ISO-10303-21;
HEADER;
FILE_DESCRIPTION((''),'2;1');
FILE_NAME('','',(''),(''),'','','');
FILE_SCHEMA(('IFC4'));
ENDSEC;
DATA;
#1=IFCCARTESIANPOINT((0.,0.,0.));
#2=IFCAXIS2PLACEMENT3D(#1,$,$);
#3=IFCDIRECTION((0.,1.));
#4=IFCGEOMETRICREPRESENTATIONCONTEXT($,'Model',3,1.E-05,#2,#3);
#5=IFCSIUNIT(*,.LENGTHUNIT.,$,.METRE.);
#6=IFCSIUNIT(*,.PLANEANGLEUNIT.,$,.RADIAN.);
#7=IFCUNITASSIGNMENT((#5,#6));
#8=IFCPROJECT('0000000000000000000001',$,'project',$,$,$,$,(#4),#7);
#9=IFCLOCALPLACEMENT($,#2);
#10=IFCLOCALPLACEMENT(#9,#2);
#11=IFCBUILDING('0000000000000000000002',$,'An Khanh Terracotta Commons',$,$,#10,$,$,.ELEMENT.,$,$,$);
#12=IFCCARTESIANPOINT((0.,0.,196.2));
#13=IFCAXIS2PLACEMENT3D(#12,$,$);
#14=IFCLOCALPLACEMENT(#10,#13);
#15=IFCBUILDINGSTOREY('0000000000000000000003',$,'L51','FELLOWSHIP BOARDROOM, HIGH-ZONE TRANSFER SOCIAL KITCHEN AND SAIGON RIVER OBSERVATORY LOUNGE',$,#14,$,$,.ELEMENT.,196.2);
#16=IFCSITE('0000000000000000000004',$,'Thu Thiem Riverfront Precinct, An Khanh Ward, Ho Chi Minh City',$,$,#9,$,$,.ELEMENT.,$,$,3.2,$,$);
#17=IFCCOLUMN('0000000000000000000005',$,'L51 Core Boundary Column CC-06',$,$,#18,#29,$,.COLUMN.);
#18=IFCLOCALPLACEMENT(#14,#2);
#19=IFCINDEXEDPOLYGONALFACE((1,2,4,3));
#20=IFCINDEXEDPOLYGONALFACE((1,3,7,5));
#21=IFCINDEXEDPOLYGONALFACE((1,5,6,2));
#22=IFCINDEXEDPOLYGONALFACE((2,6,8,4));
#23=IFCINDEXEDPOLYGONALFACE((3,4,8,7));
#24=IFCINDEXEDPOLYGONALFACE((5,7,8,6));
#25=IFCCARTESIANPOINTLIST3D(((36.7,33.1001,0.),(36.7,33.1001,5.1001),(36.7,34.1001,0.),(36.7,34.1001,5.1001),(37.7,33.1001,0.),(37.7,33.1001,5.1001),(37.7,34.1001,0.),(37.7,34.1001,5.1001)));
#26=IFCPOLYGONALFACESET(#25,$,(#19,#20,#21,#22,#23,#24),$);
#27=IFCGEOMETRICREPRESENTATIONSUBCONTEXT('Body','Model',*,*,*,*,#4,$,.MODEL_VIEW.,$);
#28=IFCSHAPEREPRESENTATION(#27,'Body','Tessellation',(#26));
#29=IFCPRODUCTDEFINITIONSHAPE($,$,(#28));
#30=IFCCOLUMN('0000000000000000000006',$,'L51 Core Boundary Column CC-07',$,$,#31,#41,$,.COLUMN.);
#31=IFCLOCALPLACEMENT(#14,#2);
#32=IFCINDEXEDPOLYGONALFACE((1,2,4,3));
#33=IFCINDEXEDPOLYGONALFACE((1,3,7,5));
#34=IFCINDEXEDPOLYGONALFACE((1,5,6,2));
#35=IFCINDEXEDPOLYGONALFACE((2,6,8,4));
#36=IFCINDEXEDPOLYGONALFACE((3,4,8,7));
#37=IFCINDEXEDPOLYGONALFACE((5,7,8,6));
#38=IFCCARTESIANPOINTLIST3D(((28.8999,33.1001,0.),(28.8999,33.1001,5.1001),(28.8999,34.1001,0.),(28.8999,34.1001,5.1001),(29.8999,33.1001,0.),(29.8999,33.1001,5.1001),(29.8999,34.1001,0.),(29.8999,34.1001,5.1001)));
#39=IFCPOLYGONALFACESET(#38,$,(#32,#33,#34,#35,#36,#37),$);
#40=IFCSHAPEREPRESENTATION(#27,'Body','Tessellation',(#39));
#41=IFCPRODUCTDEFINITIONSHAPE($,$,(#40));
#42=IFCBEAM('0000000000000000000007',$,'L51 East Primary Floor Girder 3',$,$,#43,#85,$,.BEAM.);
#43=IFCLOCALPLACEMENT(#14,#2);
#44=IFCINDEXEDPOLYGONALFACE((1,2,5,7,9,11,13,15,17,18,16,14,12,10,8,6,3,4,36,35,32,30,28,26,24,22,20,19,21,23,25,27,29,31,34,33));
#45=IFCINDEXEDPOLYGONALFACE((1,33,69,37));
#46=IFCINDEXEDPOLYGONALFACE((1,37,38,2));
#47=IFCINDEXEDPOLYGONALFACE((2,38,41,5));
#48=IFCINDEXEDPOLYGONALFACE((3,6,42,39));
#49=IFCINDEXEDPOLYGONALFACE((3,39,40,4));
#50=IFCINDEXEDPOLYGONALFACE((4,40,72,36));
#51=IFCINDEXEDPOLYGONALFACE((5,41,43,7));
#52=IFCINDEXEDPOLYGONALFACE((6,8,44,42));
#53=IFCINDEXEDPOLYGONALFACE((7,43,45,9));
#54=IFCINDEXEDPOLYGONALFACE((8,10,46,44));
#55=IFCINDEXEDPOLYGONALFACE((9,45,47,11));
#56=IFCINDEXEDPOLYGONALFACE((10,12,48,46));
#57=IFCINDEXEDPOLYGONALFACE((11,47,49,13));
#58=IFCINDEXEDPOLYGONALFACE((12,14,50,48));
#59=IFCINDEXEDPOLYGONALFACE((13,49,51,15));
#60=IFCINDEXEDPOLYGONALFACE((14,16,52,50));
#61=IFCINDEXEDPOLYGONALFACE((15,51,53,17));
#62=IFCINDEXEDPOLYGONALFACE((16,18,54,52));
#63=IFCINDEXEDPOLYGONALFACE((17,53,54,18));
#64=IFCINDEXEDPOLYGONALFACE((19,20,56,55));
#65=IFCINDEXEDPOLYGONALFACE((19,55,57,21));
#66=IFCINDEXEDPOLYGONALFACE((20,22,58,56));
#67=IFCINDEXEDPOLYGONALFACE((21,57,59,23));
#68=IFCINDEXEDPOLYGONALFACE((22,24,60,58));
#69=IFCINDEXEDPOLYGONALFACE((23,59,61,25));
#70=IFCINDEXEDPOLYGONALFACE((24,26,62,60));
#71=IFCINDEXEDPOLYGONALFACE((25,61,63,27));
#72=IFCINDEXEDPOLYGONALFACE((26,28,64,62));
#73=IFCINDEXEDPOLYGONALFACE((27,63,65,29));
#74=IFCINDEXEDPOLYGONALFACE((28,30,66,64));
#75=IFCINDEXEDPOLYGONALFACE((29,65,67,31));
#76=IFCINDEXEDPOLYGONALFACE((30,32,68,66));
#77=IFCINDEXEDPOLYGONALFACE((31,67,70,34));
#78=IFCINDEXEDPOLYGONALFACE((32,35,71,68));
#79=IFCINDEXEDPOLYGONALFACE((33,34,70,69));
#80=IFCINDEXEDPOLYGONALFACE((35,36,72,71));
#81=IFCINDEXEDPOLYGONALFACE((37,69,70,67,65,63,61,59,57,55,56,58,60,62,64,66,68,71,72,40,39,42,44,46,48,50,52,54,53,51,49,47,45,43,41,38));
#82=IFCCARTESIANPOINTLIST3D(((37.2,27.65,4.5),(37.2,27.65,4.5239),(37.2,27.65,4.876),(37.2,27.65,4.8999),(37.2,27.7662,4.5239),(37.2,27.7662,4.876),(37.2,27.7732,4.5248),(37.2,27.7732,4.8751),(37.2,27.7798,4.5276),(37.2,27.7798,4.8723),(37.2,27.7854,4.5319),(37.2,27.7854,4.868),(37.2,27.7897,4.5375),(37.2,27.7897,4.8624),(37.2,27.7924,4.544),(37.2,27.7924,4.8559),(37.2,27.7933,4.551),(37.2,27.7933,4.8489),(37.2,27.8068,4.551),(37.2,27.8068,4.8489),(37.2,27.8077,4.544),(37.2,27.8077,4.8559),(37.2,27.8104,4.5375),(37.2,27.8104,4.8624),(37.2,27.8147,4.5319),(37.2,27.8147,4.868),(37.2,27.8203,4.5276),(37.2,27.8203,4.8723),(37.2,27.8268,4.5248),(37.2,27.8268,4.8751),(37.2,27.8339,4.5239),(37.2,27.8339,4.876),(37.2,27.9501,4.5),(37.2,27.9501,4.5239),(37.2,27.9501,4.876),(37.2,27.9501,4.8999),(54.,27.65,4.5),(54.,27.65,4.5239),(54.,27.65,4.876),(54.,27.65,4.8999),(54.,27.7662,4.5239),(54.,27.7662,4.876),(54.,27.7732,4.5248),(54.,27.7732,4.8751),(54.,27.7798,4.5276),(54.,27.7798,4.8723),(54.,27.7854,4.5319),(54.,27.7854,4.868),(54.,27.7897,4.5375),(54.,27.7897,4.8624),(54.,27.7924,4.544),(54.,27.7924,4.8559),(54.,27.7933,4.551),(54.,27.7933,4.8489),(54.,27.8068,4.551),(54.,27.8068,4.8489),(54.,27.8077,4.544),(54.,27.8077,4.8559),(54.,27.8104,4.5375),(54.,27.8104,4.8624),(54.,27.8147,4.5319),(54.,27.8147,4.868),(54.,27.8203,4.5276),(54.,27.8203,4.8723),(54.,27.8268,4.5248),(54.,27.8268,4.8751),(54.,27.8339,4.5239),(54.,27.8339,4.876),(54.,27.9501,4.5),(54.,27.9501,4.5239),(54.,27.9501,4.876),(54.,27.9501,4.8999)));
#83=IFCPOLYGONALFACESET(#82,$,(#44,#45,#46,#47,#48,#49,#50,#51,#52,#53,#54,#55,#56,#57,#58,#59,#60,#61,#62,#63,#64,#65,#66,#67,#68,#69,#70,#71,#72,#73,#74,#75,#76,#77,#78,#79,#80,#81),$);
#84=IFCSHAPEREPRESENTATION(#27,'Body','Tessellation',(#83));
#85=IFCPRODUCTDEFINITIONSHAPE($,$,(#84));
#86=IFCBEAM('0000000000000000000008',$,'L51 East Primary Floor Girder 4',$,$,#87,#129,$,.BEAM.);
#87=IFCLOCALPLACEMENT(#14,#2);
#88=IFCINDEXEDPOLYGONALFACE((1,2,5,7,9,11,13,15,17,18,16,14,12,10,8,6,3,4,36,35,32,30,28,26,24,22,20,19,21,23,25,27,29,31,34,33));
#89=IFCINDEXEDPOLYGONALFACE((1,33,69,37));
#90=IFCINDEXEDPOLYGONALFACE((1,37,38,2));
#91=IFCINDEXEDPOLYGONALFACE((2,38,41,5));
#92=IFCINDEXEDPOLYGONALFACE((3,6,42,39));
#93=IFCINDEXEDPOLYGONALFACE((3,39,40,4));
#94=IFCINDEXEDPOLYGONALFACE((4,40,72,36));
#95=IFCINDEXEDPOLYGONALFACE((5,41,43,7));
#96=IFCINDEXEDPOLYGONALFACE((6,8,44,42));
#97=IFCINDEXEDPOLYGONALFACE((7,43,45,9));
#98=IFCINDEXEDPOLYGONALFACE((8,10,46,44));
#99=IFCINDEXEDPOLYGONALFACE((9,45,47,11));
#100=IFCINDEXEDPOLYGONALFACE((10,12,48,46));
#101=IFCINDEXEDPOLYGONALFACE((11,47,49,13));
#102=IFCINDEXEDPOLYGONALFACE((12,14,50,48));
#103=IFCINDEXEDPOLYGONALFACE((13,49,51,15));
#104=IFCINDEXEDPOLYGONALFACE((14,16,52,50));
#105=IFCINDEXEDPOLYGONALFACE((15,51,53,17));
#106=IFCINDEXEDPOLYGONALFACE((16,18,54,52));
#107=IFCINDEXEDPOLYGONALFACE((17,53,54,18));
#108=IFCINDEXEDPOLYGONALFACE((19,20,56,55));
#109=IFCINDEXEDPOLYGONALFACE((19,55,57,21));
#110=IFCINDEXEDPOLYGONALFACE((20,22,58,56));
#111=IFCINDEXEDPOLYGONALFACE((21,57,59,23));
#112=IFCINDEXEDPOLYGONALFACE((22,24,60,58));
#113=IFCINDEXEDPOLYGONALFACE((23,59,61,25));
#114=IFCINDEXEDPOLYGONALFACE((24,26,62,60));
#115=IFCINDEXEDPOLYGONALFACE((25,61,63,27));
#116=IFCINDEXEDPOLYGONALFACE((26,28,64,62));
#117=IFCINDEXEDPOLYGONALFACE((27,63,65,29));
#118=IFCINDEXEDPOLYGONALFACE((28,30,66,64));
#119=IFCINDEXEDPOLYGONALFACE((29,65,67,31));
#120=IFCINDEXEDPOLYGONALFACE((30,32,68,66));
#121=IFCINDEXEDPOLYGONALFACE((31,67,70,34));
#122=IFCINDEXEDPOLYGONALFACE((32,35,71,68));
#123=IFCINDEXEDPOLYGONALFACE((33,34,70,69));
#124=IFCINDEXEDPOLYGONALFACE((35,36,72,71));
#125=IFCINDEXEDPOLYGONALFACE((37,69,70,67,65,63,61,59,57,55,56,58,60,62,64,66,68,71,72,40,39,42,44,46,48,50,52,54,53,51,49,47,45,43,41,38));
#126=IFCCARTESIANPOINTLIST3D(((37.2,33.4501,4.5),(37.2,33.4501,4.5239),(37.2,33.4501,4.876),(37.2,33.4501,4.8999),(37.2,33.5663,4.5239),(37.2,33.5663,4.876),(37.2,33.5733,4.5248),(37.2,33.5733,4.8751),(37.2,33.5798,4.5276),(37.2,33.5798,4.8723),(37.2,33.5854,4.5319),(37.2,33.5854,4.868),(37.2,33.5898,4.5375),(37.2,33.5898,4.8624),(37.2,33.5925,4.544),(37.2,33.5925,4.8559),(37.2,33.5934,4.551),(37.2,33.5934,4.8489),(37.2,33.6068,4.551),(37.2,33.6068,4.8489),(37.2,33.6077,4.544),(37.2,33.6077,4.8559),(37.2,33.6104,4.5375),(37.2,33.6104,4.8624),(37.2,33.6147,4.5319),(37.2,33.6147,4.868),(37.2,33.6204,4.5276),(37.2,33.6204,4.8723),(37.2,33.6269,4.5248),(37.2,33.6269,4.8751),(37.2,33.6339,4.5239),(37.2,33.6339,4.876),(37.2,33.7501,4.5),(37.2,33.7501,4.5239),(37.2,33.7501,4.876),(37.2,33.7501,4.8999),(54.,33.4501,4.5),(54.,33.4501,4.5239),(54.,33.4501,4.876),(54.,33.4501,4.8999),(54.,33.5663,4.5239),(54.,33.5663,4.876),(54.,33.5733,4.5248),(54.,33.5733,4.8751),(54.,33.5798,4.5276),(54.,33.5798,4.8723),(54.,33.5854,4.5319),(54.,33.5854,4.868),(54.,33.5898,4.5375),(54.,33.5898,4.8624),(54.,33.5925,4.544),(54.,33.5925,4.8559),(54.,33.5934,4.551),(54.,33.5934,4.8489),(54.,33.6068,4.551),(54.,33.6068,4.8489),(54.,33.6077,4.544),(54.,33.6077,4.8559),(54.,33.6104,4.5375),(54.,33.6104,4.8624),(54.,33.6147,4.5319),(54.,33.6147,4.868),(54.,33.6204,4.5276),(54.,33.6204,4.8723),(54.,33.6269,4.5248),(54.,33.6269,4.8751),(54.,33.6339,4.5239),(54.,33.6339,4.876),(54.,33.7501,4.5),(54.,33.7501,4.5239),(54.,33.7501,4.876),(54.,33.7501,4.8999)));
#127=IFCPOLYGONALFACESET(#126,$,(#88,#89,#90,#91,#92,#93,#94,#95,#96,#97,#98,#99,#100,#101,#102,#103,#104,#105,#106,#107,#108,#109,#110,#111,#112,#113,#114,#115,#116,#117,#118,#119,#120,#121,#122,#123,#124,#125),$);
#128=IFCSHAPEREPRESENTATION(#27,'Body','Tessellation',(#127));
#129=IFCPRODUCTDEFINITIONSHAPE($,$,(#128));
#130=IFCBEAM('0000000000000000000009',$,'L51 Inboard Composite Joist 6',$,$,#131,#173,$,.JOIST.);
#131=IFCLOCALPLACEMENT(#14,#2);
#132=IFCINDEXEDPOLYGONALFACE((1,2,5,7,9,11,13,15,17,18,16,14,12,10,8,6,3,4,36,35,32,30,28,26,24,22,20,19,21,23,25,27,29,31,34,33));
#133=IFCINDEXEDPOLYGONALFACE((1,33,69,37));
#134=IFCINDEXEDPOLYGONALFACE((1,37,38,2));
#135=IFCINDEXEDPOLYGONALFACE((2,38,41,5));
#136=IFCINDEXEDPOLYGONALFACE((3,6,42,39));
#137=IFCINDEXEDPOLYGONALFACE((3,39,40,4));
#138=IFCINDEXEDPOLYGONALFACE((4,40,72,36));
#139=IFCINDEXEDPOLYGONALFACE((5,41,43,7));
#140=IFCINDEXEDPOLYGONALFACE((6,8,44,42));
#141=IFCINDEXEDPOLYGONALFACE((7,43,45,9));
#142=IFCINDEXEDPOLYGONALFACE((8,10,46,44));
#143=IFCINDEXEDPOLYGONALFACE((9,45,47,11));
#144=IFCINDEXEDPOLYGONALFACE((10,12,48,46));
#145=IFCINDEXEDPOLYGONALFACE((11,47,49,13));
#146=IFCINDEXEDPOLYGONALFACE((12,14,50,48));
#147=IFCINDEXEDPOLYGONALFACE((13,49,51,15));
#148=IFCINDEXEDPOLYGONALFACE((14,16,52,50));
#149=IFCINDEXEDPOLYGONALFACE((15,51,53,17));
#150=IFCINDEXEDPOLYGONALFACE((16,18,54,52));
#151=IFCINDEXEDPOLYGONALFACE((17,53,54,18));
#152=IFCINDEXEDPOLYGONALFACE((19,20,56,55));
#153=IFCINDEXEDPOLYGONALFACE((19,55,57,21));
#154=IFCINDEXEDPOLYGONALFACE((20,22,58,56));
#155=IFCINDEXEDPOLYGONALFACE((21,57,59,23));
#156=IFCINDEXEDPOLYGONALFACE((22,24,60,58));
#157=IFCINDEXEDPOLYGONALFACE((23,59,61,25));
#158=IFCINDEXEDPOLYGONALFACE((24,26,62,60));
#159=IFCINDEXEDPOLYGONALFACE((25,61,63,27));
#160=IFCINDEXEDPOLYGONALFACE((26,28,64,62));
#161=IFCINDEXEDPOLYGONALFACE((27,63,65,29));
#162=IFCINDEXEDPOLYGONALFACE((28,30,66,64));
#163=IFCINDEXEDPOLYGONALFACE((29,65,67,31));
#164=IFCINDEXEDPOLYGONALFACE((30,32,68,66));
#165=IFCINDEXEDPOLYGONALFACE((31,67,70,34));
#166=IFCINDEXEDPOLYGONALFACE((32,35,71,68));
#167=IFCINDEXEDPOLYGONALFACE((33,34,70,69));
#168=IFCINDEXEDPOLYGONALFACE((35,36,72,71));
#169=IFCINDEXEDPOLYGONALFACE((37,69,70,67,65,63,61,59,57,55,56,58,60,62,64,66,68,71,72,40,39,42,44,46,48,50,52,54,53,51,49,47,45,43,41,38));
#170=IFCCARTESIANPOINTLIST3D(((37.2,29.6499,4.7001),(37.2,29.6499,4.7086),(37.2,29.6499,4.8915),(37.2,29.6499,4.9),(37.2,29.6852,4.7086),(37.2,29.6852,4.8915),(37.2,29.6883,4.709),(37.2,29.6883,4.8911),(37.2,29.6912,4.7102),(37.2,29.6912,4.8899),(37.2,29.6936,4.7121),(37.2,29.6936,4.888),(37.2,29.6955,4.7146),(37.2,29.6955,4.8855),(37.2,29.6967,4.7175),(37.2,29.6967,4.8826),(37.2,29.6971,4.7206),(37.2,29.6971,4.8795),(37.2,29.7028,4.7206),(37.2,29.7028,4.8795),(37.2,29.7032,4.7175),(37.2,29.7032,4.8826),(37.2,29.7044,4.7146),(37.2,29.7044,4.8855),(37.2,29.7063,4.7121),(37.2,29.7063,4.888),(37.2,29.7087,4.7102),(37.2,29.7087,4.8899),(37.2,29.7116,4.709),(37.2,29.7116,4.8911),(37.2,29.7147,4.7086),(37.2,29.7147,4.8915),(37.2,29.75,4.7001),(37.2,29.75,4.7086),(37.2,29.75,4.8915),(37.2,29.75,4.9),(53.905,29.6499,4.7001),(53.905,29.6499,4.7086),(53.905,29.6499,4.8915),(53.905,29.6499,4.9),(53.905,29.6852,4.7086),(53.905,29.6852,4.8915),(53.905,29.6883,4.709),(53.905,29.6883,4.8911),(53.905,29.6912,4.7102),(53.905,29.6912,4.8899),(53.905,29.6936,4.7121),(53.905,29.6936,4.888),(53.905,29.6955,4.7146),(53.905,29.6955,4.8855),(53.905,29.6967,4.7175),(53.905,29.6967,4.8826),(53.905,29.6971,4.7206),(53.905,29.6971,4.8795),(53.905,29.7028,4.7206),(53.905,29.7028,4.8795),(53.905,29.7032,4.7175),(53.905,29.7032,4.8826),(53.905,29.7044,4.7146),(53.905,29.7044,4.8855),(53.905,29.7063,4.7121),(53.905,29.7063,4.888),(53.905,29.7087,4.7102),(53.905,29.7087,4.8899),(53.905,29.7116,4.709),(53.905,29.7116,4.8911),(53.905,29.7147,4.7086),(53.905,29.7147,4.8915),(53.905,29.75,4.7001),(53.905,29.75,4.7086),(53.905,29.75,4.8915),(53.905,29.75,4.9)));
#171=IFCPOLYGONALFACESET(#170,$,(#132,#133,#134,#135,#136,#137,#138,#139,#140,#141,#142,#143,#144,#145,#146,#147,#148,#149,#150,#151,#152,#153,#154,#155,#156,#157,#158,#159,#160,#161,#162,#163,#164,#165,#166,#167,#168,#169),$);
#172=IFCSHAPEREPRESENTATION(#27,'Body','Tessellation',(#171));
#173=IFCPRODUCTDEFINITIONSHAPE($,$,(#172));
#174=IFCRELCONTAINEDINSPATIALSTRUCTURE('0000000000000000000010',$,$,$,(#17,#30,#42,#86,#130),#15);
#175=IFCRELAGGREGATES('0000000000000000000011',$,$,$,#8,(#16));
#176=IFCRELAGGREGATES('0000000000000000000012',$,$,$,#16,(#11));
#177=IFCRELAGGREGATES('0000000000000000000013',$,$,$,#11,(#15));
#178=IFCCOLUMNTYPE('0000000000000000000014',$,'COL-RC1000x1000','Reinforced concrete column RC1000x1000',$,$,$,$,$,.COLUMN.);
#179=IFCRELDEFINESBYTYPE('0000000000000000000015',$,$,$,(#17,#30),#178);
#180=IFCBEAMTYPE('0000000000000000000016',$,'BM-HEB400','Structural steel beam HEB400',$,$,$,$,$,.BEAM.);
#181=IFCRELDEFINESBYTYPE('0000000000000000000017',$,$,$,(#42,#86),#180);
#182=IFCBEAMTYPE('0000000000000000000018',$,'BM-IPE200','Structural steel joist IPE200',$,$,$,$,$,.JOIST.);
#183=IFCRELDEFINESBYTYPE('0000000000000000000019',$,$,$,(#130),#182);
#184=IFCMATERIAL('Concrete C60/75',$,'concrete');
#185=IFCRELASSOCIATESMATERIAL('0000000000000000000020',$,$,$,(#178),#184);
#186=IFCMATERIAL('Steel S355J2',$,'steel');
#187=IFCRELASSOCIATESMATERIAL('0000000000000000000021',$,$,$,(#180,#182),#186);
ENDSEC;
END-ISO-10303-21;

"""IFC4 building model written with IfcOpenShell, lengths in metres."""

from ifc_helpers import new_model, si_unit, direction, frame, origin, origin_2d, place, context, subcontext, project, spatial, rectangle, i_section, extrude, material, material_profile, profile_set, type_object, element, save


model = new_model("IFC4")

# Units and contexts
model_context = context("Model", 3, precision=1e-05, world=origin(), true_north=direction((0.0, 1.0)))
body_context = subcontext(model_context, "Body", "Model", "MODEL_VIEW")
ifc_project = project(units=[si_unit("LENGTHUNIT", "METRE"), si_unit("PLANEANGLEUNIT", "RADIAN")], contexts=[model_context])

# Site, building, storey
site_placement = place(None, origin())
site = spatial("IfcSite", under=ifc_project, at=site_placement, Name="Thu Thiem Riverfront Precinct, An Khanh Ward, Ho Chi Minh City", CompositionType="ELEMENT", RefElevation=3.2)
building_placement = place(site_placement, origin())
building = spatial("IfcBuilding", under=site, at=building_placement, Name="An Khanh Terracotta Commons", CompositionType="ELEMENT")
storey_placement = place(building_placement, frame((0.0, 0.0, 196.2)))
storey = spatial("IfcBuildingStorey", under=building, at=storey_placement, Name="L51", Description="FELLOWSHIP BOARDROOM, HIGH-ZONE TRANSFER SOCIAL KITCHEN AND SAIGON RIVER OBSERVATORY LOUNGE", CompositionType="ELEMENT", Elevation=196.2)

# Columns
ifc_material_1 = material(Name="Concrete C60/75", Category="concrete")
ifc_material_profile_1 = material_profile(ifc_material_1, rectangle(XDim=1.0, YDim=1.0, at=origin_2d()), Name="RC1000x1000")
ifc_profile_set_1 = profile_set([ifc_material_profile_1], Name="Concrete C60/75")
column_type = type_object("IfcColumnType", Name="COL-RC1000x1000", Description="Reinforced concrete column RC1000x1000", PredefinedType="COLUMN", material=ifc_profile_set_1)
for number, where, z_axis, x_axis, name in (
    (1, (37.2, 33.6001, 0.0), (0.0, 0.0, 1.0), (1.0, 0.0, 0.0), "L51 Core Boundary Column CC-06"),
    (2, (29.3999, 33.6001, 0.0), (0.0, 0.0, 1.0), (1.0, 0.0, 0.0), "L51 Core Boundary Column CC-07"),
):
    element("IfcColumn", number, at=place(storey_placement, frame(where, z_axis=z_axis, x_axis=x_axis)), inside=storey, type_object=column_type, Name=name, PredefinedType="COLUMN", context=body_context, shape_type="SweptSolid", body=[
        extrude(rectangle(XDim=1.0, YDim=1.0, at=origin_2d()), origin(), (0.0, 0.0, 1.0), 5.1001),
    ])

# Beams
ifc_material_2 = material(Name="Steel S355J2", Category="steel")
ifc_material_profile_2 = material_profile(ifc_material_2, i_section(OverallWidth=0.3, OverallDepth=0.3999, WebThickness=0.0134, FlangeThickness=0.0239, FilletRadius=0.0271, at=origin_2d()), Name="HEB400")
ifc_profile_set_2 = profile_set([ifc_material_profile_2], Name="Steel S355J2")
beam_type_1 = type_object("IfcBeamType", Name="BM-HEB400", Description="Structural steel beam HEB400", PredefinedType="BEAM", material=ifc_profile_set_2)
for number, where, z_axis, x_axis, name in (
    (3, (37.2, 27.8, 4.7), (1.0, 0.0, 0.0), (0.0, 1.0, 0.0), "L51 East Primary Floor Girder 3"),
    (4, (37.2, 33.6001, 4.7), (1.0, 0.0, 0.0), (0.0, 1.0, 0.0), "L51 East Primary Floor Girder 4"),
):
    element("IfcBeam", number, at=place(storey_placement, frame(where, z_axis=z_axis, x_axis=x_axis)), inside=storey, type_object=beam_type_1, Name=name, PredefinedType="BEAM", context=body_context, shape_type="SweptSolid", body=[
        extrude(i_section(OverallWidth=0.3, OverallDepth=0.3999, WebThickness=0.0134, FlangeThickness=0.0239, FilletRadius=0.0271, at=origin_2d()), origin(), (0.0, 0.0, 1.0), 16.8),
    ])
ifc_material_profile_3 = material_profile(ifc_material_2, i_section(OverallWidth=0.1001, OverallDepth=0.2, WebThickness=0.0056, FlangeThickness=0.0085, FilletRadius=0.012, at=origin_2d()), Name="IPE200")
ifc_profile_set_3 = profile_set([ifc_material_profile_3], Name="Steel S355J2")
beam_type_2 = type_object("IfcBeamType", Name="BM-IPE200", Description="Structural steel joist IPE200", PredefinedType="JOIST", material=ifc_profile_set_3)
for number, where, z_axis, x_axis, name in (
    (5, (37.2, 29.7, 4.8), (1.0, 0.0, 0.0), (0.0, 1.0, 0.0), "L51 Inboard Composite Joist 6"),
):
    element("IfcBeam", number, at=place(storey_placement, frame(where, z_axis=z_axis, x_axis=x_axis)), inside=storey, type_object=beam_type_2, Name=name, PredefinedType="JOIST", context=body_context, shape_type="SweptSolid", body=[
        extrude(i_section(OverallWidth=0.1001, OverallDepth=0.2, WebThickness=0.0056, FlangeThickness=0.0085, FilletRadius=0.012, at=origin_2d()), origin(), (0.0, 0.0, 1.0), 16.7051),
    ])

save(model, "model.ifc")
